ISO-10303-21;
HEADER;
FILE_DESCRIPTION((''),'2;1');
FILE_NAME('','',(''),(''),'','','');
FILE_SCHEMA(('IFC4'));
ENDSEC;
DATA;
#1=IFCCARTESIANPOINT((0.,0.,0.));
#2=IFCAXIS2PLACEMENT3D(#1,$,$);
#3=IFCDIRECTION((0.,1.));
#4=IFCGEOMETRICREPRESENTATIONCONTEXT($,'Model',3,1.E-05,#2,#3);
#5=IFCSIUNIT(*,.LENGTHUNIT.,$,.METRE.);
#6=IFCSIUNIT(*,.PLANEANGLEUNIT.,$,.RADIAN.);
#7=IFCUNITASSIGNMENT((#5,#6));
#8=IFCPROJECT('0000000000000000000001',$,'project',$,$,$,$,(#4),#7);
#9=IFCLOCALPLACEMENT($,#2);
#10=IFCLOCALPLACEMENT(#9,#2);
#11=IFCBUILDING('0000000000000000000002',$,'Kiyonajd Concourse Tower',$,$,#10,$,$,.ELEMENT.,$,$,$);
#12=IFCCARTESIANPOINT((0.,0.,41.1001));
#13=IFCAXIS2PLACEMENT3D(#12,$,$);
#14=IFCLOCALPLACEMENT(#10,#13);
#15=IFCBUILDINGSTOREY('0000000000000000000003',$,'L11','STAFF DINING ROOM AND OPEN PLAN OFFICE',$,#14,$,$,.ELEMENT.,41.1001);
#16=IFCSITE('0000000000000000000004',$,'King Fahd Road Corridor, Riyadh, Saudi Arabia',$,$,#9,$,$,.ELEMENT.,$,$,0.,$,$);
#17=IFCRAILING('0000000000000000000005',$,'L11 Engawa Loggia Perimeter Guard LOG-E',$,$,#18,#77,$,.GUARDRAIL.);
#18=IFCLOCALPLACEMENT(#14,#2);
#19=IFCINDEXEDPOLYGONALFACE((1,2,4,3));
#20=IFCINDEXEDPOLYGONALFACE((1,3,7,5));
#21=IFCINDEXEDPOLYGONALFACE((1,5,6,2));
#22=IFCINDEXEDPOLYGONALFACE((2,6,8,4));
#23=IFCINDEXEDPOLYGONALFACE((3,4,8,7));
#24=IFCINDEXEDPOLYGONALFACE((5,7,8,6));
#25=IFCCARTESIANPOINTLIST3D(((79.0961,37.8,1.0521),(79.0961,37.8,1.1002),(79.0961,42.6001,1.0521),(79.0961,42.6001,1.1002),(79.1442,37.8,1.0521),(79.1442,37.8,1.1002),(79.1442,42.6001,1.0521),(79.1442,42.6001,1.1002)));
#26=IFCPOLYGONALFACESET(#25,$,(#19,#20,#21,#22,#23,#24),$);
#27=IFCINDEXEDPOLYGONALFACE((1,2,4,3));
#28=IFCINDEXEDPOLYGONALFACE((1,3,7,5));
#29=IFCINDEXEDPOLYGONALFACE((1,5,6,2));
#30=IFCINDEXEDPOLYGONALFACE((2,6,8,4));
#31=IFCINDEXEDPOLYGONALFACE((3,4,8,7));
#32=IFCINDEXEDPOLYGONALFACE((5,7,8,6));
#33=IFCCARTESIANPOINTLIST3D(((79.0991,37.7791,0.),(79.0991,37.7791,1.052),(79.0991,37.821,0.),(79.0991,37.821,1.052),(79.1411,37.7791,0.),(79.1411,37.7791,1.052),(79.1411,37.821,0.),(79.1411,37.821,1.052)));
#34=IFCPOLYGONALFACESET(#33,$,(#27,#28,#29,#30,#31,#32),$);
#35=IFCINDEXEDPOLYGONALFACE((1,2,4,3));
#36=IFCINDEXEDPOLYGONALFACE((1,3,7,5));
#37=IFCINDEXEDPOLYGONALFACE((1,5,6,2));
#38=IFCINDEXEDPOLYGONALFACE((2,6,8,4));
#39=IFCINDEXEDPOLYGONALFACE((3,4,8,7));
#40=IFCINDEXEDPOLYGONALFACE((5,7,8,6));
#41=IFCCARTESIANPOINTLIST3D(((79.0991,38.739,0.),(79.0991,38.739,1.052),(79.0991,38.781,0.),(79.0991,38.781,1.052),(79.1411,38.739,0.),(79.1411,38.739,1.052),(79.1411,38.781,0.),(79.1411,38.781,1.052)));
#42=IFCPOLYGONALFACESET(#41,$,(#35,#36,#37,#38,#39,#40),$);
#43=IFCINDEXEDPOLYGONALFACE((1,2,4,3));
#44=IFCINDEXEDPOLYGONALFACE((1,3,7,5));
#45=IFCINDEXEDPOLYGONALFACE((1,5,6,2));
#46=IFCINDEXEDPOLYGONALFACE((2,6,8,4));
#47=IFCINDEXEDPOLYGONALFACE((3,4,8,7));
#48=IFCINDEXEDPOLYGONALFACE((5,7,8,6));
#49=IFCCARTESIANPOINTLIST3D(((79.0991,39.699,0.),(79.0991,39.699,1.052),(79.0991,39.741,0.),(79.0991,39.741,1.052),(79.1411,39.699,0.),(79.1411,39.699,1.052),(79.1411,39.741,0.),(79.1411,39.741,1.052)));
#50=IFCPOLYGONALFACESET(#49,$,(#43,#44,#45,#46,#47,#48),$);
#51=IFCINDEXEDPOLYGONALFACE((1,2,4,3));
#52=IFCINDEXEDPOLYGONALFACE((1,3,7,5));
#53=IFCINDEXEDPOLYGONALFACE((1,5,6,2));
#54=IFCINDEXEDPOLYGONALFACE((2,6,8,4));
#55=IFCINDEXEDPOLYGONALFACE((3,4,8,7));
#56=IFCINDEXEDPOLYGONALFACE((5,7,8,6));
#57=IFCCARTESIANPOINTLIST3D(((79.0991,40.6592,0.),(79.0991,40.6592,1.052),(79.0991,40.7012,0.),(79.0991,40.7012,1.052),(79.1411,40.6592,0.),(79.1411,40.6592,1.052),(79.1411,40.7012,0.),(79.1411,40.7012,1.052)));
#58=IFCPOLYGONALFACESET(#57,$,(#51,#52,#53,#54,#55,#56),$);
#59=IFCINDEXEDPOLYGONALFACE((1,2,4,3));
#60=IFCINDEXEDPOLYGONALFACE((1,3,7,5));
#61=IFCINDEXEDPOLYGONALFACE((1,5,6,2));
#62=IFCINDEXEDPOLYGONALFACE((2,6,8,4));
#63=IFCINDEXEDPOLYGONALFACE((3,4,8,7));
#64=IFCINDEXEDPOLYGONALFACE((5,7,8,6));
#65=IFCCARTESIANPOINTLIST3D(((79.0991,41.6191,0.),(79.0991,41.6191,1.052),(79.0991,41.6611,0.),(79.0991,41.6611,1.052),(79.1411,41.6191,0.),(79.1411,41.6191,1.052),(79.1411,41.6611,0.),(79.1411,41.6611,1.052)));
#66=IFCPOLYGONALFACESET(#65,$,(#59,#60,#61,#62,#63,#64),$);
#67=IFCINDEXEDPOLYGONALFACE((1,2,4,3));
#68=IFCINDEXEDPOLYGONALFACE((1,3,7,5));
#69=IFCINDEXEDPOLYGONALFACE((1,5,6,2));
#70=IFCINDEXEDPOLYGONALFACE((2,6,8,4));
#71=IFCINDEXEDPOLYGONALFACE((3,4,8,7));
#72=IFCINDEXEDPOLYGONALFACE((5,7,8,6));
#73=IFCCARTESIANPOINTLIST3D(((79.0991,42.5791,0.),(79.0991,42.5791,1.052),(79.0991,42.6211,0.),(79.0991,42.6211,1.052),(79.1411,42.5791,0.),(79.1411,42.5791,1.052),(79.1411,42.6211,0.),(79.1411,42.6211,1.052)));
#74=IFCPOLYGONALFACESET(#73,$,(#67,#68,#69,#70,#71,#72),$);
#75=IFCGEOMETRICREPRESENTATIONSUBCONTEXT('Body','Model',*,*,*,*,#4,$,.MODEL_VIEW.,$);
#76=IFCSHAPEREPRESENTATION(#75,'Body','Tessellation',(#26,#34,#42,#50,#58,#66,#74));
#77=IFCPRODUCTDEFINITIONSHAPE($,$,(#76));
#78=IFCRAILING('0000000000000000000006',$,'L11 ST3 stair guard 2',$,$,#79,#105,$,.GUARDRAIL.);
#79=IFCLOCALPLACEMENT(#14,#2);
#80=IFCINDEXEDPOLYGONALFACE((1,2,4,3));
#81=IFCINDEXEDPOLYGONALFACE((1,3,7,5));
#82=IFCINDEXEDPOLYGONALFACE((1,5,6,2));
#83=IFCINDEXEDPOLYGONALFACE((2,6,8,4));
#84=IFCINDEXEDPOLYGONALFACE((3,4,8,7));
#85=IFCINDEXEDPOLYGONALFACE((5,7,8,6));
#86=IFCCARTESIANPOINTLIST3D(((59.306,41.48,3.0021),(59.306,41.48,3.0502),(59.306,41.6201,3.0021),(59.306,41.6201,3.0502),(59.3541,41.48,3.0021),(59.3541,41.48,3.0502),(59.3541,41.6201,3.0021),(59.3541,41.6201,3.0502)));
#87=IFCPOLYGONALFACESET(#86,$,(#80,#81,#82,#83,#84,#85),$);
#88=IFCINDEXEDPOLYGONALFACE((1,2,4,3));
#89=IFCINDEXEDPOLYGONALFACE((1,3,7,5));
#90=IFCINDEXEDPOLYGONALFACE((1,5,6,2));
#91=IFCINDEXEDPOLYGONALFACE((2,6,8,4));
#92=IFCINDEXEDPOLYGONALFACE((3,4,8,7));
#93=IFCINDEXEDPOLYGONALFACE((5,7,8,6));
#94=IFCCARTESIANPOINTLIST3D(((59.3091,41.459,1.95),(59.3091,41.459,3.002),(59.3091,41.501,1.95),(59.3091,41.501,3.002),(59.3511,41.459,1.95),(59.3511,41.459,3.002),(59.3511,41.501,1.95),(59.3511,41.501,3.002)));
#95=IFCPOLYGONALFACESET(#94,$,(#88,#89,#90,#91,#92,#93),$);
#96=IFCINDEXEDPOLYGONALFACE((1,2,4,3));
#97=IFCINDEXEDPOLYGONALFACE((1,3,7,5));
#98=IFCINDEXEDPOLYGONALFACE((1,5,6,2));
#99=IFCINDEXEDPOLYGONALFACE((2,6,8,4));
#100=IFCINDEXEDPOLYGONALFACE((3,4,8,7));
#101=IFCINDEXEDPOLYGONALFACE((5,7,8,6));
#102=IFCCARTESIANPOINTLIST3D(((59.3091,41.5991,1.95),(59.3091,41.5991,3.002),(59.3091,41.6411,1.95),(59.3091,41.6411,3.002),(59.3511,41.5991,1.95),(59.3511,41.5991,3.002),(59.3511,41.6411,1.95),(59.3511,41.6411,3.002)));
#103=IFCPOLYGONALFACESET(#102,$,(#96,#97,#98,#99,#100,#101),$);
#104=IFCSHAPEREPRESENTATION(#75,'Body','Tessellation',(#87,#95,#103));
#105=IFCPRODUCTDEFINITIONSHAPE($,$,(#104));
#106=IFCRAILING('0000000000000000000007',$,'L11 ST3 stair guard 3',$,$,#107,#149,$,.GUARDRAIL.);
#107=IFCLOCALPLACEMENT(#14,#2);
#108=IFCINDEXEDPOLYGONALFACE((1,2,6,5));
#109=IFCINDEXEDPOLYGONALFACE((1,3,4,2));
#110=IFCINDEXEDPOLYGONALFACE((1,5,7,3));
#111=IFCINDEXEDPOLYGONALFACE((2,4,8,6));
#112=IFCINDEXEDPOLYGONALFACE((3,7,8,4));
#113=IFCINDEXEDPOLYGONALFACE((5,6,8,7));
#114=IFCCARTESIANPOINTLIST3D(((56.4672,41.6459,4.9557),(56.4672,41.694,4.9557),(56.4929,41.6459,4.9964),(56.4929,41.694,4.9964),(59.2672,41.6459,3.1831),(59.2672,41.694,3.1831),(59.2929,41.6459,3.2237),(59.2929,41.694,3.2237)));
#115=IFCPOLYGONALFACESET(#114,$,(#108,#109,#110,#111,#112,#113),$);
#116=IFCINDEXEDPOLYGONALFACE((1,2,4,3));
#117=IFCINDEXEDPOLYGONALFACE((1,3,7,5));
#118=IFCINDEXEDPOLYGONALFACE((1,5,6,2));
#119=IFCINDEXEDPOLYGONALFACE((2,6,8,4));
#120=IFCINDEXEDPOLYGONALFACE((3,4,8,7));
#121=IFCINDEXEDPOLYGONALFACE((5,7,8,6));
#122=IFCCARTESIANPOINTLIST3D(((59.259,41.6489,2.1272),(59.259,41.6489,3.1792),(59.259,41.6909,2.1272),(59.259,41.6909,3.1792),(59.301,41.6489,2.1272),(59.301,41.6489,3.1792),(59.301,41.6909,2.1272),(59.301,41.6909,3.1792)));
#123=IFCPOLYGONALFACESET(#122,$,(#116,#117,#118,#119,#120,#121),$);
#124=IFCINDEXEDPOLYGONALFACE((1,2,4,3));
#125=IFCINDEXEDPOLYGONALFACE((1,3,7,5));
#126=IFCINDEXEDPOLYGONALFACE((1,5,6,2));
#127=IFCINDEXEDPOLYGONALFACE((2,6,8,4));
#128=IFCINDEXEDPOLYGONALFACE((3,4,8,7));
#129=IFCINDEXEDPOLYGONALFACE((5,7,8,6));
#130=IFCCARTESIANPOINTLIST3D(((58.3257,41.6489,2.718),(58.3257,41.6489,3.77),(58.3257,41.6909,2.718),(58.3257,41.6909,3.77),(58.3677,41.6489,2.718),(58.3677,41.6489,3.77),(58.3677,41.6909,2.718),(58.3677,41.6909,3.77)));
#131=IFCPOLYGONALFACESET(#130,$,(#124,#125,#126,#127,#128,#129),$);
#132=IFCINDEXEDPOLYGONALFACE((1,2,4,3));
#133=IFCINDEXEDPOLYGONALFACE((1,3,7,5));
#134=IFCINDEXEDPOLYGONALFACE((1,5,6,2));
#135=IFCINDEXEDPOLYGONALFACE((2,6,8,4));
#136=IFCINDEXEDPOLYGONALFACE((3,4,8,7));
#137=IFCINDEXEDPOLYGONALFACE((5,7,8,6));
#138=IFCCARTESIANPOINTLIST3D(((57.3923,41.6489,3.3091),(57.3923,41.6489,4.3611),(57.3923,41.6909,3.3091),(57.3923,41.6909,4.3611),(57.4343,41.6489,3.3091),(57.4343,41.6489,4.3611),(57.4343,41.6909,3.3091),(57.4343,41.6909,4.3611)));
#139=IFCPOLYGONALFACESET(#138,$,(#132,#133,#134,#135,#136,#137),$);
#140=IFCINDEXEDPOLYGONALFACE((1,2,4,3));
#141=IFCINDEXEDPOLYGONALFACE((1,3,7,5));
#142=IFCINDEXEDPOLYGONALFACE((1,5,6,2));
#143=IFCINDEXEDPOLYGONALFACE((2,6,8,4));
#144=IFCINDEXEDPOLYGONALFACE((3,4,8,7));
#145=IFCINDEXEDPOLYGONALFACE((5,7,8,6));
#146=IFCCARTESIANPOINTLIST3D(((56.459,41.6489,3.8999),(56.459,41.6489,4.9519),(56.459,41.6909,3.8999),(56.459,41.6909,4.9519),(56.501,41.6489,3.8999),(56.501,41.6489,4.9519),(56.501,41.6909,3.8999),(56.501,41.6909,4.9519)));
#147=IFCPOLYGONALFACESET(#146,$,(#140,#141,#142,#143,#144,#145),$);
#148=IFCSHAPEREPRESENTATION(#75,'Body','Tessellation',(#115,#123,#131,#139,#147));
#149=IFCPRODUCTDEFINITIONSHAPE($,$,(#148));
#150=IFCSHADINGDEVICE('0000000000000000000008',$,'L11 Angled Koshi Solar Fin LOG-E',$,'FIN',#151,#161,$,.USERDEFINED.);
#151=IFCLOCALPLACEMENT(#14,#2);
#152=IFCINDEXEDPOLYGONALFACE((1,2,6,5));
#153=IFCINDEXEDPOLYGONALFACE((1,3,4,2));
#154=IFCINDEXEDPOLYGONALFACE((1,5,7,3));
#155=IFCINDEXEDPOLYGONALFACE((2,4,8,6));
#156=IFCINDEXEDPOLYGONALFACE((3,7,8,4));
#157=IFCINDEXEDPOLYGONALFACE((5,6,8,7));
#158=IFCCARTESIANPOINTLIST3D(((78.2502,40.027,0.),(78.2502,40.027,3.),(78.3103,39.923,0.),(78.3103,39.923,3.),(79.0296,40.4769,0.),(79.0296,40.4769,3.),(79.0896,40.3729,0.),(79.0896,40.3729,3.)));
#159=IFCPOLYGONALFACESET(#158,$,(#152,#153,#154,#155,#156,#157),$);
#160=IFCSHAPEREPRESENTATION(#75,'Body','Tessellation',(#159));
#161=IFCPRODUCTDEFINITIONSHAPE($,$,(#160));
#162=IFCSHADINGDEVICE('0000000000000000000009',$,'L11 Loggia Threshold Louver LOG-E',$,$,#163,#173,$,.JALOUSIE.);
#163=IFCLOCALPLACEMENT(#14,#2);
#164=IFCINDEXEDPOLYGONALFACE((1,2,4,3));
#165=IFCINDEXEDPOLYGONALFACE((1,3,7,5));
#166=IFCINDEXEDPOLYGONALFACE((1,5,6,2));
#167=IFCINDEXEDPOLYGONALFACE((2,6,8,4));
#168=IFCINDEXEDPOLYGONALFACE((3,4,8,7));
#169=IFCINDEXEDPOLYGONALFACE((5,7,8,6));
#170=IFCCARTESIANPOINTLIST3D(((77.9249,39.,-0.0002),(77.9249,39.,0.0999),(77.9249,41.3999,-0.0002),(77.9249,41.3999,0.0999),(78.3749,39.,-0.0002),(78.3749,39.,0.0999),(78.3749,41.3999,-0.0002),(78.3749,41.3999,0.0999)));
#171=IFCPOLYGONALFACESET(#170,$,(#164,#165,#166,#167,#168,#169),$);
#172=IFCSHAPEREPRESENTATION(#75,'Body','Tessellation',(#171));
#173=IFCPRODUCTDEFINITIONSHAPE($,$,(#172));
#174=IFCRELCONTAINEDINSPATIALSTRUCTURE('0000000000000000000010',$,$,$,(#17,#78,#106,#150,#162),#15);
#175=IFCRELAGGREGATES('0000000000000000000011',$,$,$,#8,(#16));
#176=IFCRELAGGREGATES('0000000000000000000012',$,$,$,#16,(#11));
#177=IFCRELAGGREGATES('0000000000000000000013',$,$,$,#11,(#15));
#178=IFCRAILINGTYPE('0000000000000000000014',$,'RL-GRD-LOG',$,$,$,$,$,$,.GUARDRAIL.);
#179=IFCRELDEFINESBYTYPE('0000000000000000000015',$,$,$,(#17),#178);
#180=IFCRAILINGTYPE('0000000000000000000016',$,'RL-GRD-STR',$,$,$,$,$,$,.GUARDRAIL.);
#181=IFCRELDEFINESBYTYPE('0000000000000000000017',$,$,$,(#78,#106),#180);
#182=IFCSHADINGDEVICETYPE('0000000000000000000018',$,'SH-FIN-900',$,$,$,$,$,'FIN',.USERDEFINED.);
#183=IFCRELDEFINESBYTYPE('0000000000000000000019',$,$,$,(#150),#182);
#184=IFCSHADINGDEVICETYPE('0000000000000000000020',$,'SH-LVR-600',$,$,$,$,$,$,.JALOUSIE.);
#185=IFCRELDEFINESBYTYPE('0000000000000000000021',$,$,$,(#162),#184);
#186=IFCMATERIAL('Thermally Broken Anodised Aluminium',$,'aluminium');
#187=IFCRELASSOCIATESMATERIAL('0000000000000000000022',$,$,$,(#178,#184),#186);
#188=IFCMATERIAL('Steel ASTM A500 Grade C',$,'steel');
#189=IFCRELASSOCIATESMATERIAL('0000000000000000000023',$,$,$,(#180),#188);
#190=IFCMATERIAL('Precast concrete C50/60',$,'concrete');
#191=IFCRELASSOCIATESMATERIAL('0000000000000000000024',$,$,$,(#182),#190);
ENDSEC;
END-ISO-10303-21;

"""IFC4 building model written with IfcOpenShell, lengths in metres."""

from ifc_helpers import new_model, si_unit, direction, frame, origin, origin_2d, place, context, subcontext, project, spatial, rectangle, extrude, material, type_object, element, save


model = new_model("IFC4")

# Units and contexts
model_context = context("Model", 3, precision=1e-05, world=origin(), true_north=direction((0.0, 1.0)))
body_context = subcontext(model_context, "Body", "Model", "MODEL_VIEW")
ifc_project = project(units=[si_unit("LENGTHUNIT", "METRE"), si_unit("PLANEANGLEUNIT", "RADIAN")], contexts=[model_context])

# Site, building, storey
site_placement = place(None, origin())
site = spatial("IfcSite", under=ifc_project, at=site_placement, Name="King Fahd Road Corridor, Riyadh, Saudi Arabia", CompositionType="ELEMENT", RefElevation=0.0)
building_placement = place(site_placement, origin())
building = spatial("IfcBuilding", under=site, at=building_placement, Name="Kiyonajd Concourse Tower", CompositionType="ELEMENT")
storey_placement = place(building_placement, frame((0.0, 0.0, 41.1001)))
storey = spatial("IfcBuildingStorey", under=building, at=storey_placement, Name="L11", Description="STAFF DINING ROOM AND OPEN PLAN OFFICE", CompositionType="ELEMENT", Elevation=41.1001)

# Shared definitions
ifc_material_1 = material(Name="Precast concrete C50/60", Category="concrete")

# Shared definitions
ifc_material_2 = material(Name="Thermally Broken Anodised Aluminium", Category="aluminium")

# Railings
railing_type_1 = type_object("IfcRailingType", Name="RL-GRD-LOG", PredefinedType="GUARDRAIL", material=ifc_material_2)
railing_1_placement = place(storey_placement, frame((79.1201, 37.8, 0.0)))
element("IfcRailing", 1, at=railing_1_placement, inside=storey, type_object=railing_type_1, Name="L11 Engawa Loggia Perimeter Guard LOG-E", PredefinedType="GUARDRAIL", context=body_context, shape_type="SweptSolid", body=[
    extrude(rectangle(XDim=0.0481, YDim=0.0481, at=origin_2d()), frame((0.0, 0.0, 1.0762), z_axis=(0.0, 1.0, 0.0), x_axis=(-1.0, 0.0, 0.0)), (0.0, 0.0, 1.0), 4.8),
    extrude(rectangle(XDim=0.042, YDim=0.042, at=origin_2d()), origin(), (0.0, 0.0, 1.0), 1.052),
    extrude(rectangle(XDim=0.042, YDim=0.042, at=origin_2d()), frame((0.0, 0.96, 0.0)), (0.0, 0.0, 1.0), 1.052),
    extrude(rectangle(XDim=0.042, YDim=0.042, at=origin_2d()), frame((0.0, 1.9199, 0.0)), (0.0, 0.0, 1.0), 1.052),
    extrude(rectangle(XDim=0.042, YDim=0.042, at=origin_2d()), frame((0.0, 2.8801, 0.0)), (0.0, 0.0, 1.0), 1.052),
    extrude(rectangle(XDim=0.042, YDim=0.042, at=origin_2d()), frame((0.0, 3.8401, 0.0)), (0.0, 0.0, 1.0), 1.052),
    extrude(rectangle(XDim=0.042, YDim=0.042, at=origin_2d()), frame((0.0, 4.8, 0.0)), (0.0, 0.0, 1.0), 1.052),
])
ifc_material_3 = material(Name="Steel ASTM A500 Grade C", Category="steel")
railing_type_2 = type_object("IfcRailingType", Name="RL-GRD-STR", PredefinedType="GUARDRAIL", material=ifc_material_3)
railing_2_placement = place(storey_placement, frame((59.3301, 41.48, 1.95)))
element("IfcRailing", 2, at=railing_2_placement, inside=storey, type_object=railing_type_2, Name="L11 ST3 stair guard 2", PredefinedType="GUARDRAIL", context=body_context, shape_type="SweptSolid", body=[
    extrude(rectangle(XDim=0.0481, YDim=0.0481, at=origin_2d()), frame((0.0, 0.0, 1.0762), z_axis=(0.0, 1.0, 0.0), x_axis=(-1.0, 0.0, 0.0)), (0.0, 0.0, 1.0), 0.1401),
    extrude(rectangle(XDim=0.042, YDim=0.042, at=origin_2d()), origin(), (0.0, 0.0, 1.0), 1.052),
    extrude(rectangle(XDim=0.042, YDim=0.042, at=origin_2d()), frame((0.0, 0.1401, 0.0)), (0.0, 0.0, 1.0), 1.052),
])
railing_3_placement = place(storey_placement, frame((59.28, 41.6699, 2.1272)))
element("IfcRailing", 3, at=railing_3_placement, inside=storey, type_object=railing_type_2, Name="L11 ST3 stair guard 3", PredefinedType="GUARDRAIL", context=body_context, shape_type="SweptSolid", body=[
    extrude(rectangle(XDim=0.0481, YDim=0.0481, at=origin_2d()), frame((0.0, 0.0, 1.0762), z_axis=(-0.844909, 0.0, 0.53491), x_axis=(0.0, -1.0, 0.0)), (0.0, 0.0, 1.0), 3.314),
    extrude(rectangle(XDim=0.042, YDim=0.042, at=origin_2d()), origin(), (0.0, 0.0, 1.0), 1.052),
    extrude(rectangle(XDim=0.042, YDim=0.042, at=origin_2d()), frame((-0.9333, 0.0, 0.5908)), (0.0, 0.0, 1.0), 1.052),
    extrude(rectangle(XDim=0.042, YDim=0.042, at=origin_2d()), frame((-1.8667, 0.0, 1.1819)), (0.0, 0.0, 1.0), 1.052),
    extrude(rectangle(XDim=0.042, YDim=0.042, at=origin_2d()), frame((-2.8, 0.0, 1.7727)), (0.0, 0.0, 1.0), 1.052),
])

# Shading devices
shading_device_type_1 = type_object("IfcShadingDeviceType", Name="SH-FIN-900", ElementType="FIN", PredefinedType="USERDEFINED", material=ifc_material_1)
shading_device_1_placement = place(storey_placement, frame((78.6699, 40.2, 0.0), z_axis=(0.0, 0.0, 1.0), x_axis=(0.866025, 0.5, 0.0)))
element("IfcShadingDevice", 4, at=shading_device_1_placement, inside=storey, type_object=shading_device_type_1, Name="L11 Angled Koshi Solar Fin LOG-E", ObjectType="FIN", PredefinedType="USERDEFINED", context=body_context, shape_type="SweptSolid", body=[
    extrude(rectangle(XDim=0.8999, YDim=0.1201, at=origin_2d()), origin(), (0.0, 0.0, 1.0), 3.0),
])
shading_device_type_2 = type_object("IfcShadingDeviceType", Name="SH-LVR-600", PredefinedType="JALOUSIE", material=ifc_material_2)
shading_device_2_placement = place(storey_placement, frame((78.1499, 40.2, -0.0002), z_axis=(0.0, 0.0, 1.0), x_axis=(0.0, 1.0, 0.0)))
element("IfcShadingDevice", 5, at=shading_device_2_placement, inside=storey, type_object=shading_device_type_2, Name="L11 Loggia Threshold Louver LOG-E", PredefinedType="JALOUSIE", context=body_context, shape_type="SweptSolid", body=[
    extrude(rectangle(XDim=2.3999, YDim=0.45, at=origin_2d()), origin(), (0.0, 0.0, 1.0), 0.1001),
])

save(model, "model.ifc")
